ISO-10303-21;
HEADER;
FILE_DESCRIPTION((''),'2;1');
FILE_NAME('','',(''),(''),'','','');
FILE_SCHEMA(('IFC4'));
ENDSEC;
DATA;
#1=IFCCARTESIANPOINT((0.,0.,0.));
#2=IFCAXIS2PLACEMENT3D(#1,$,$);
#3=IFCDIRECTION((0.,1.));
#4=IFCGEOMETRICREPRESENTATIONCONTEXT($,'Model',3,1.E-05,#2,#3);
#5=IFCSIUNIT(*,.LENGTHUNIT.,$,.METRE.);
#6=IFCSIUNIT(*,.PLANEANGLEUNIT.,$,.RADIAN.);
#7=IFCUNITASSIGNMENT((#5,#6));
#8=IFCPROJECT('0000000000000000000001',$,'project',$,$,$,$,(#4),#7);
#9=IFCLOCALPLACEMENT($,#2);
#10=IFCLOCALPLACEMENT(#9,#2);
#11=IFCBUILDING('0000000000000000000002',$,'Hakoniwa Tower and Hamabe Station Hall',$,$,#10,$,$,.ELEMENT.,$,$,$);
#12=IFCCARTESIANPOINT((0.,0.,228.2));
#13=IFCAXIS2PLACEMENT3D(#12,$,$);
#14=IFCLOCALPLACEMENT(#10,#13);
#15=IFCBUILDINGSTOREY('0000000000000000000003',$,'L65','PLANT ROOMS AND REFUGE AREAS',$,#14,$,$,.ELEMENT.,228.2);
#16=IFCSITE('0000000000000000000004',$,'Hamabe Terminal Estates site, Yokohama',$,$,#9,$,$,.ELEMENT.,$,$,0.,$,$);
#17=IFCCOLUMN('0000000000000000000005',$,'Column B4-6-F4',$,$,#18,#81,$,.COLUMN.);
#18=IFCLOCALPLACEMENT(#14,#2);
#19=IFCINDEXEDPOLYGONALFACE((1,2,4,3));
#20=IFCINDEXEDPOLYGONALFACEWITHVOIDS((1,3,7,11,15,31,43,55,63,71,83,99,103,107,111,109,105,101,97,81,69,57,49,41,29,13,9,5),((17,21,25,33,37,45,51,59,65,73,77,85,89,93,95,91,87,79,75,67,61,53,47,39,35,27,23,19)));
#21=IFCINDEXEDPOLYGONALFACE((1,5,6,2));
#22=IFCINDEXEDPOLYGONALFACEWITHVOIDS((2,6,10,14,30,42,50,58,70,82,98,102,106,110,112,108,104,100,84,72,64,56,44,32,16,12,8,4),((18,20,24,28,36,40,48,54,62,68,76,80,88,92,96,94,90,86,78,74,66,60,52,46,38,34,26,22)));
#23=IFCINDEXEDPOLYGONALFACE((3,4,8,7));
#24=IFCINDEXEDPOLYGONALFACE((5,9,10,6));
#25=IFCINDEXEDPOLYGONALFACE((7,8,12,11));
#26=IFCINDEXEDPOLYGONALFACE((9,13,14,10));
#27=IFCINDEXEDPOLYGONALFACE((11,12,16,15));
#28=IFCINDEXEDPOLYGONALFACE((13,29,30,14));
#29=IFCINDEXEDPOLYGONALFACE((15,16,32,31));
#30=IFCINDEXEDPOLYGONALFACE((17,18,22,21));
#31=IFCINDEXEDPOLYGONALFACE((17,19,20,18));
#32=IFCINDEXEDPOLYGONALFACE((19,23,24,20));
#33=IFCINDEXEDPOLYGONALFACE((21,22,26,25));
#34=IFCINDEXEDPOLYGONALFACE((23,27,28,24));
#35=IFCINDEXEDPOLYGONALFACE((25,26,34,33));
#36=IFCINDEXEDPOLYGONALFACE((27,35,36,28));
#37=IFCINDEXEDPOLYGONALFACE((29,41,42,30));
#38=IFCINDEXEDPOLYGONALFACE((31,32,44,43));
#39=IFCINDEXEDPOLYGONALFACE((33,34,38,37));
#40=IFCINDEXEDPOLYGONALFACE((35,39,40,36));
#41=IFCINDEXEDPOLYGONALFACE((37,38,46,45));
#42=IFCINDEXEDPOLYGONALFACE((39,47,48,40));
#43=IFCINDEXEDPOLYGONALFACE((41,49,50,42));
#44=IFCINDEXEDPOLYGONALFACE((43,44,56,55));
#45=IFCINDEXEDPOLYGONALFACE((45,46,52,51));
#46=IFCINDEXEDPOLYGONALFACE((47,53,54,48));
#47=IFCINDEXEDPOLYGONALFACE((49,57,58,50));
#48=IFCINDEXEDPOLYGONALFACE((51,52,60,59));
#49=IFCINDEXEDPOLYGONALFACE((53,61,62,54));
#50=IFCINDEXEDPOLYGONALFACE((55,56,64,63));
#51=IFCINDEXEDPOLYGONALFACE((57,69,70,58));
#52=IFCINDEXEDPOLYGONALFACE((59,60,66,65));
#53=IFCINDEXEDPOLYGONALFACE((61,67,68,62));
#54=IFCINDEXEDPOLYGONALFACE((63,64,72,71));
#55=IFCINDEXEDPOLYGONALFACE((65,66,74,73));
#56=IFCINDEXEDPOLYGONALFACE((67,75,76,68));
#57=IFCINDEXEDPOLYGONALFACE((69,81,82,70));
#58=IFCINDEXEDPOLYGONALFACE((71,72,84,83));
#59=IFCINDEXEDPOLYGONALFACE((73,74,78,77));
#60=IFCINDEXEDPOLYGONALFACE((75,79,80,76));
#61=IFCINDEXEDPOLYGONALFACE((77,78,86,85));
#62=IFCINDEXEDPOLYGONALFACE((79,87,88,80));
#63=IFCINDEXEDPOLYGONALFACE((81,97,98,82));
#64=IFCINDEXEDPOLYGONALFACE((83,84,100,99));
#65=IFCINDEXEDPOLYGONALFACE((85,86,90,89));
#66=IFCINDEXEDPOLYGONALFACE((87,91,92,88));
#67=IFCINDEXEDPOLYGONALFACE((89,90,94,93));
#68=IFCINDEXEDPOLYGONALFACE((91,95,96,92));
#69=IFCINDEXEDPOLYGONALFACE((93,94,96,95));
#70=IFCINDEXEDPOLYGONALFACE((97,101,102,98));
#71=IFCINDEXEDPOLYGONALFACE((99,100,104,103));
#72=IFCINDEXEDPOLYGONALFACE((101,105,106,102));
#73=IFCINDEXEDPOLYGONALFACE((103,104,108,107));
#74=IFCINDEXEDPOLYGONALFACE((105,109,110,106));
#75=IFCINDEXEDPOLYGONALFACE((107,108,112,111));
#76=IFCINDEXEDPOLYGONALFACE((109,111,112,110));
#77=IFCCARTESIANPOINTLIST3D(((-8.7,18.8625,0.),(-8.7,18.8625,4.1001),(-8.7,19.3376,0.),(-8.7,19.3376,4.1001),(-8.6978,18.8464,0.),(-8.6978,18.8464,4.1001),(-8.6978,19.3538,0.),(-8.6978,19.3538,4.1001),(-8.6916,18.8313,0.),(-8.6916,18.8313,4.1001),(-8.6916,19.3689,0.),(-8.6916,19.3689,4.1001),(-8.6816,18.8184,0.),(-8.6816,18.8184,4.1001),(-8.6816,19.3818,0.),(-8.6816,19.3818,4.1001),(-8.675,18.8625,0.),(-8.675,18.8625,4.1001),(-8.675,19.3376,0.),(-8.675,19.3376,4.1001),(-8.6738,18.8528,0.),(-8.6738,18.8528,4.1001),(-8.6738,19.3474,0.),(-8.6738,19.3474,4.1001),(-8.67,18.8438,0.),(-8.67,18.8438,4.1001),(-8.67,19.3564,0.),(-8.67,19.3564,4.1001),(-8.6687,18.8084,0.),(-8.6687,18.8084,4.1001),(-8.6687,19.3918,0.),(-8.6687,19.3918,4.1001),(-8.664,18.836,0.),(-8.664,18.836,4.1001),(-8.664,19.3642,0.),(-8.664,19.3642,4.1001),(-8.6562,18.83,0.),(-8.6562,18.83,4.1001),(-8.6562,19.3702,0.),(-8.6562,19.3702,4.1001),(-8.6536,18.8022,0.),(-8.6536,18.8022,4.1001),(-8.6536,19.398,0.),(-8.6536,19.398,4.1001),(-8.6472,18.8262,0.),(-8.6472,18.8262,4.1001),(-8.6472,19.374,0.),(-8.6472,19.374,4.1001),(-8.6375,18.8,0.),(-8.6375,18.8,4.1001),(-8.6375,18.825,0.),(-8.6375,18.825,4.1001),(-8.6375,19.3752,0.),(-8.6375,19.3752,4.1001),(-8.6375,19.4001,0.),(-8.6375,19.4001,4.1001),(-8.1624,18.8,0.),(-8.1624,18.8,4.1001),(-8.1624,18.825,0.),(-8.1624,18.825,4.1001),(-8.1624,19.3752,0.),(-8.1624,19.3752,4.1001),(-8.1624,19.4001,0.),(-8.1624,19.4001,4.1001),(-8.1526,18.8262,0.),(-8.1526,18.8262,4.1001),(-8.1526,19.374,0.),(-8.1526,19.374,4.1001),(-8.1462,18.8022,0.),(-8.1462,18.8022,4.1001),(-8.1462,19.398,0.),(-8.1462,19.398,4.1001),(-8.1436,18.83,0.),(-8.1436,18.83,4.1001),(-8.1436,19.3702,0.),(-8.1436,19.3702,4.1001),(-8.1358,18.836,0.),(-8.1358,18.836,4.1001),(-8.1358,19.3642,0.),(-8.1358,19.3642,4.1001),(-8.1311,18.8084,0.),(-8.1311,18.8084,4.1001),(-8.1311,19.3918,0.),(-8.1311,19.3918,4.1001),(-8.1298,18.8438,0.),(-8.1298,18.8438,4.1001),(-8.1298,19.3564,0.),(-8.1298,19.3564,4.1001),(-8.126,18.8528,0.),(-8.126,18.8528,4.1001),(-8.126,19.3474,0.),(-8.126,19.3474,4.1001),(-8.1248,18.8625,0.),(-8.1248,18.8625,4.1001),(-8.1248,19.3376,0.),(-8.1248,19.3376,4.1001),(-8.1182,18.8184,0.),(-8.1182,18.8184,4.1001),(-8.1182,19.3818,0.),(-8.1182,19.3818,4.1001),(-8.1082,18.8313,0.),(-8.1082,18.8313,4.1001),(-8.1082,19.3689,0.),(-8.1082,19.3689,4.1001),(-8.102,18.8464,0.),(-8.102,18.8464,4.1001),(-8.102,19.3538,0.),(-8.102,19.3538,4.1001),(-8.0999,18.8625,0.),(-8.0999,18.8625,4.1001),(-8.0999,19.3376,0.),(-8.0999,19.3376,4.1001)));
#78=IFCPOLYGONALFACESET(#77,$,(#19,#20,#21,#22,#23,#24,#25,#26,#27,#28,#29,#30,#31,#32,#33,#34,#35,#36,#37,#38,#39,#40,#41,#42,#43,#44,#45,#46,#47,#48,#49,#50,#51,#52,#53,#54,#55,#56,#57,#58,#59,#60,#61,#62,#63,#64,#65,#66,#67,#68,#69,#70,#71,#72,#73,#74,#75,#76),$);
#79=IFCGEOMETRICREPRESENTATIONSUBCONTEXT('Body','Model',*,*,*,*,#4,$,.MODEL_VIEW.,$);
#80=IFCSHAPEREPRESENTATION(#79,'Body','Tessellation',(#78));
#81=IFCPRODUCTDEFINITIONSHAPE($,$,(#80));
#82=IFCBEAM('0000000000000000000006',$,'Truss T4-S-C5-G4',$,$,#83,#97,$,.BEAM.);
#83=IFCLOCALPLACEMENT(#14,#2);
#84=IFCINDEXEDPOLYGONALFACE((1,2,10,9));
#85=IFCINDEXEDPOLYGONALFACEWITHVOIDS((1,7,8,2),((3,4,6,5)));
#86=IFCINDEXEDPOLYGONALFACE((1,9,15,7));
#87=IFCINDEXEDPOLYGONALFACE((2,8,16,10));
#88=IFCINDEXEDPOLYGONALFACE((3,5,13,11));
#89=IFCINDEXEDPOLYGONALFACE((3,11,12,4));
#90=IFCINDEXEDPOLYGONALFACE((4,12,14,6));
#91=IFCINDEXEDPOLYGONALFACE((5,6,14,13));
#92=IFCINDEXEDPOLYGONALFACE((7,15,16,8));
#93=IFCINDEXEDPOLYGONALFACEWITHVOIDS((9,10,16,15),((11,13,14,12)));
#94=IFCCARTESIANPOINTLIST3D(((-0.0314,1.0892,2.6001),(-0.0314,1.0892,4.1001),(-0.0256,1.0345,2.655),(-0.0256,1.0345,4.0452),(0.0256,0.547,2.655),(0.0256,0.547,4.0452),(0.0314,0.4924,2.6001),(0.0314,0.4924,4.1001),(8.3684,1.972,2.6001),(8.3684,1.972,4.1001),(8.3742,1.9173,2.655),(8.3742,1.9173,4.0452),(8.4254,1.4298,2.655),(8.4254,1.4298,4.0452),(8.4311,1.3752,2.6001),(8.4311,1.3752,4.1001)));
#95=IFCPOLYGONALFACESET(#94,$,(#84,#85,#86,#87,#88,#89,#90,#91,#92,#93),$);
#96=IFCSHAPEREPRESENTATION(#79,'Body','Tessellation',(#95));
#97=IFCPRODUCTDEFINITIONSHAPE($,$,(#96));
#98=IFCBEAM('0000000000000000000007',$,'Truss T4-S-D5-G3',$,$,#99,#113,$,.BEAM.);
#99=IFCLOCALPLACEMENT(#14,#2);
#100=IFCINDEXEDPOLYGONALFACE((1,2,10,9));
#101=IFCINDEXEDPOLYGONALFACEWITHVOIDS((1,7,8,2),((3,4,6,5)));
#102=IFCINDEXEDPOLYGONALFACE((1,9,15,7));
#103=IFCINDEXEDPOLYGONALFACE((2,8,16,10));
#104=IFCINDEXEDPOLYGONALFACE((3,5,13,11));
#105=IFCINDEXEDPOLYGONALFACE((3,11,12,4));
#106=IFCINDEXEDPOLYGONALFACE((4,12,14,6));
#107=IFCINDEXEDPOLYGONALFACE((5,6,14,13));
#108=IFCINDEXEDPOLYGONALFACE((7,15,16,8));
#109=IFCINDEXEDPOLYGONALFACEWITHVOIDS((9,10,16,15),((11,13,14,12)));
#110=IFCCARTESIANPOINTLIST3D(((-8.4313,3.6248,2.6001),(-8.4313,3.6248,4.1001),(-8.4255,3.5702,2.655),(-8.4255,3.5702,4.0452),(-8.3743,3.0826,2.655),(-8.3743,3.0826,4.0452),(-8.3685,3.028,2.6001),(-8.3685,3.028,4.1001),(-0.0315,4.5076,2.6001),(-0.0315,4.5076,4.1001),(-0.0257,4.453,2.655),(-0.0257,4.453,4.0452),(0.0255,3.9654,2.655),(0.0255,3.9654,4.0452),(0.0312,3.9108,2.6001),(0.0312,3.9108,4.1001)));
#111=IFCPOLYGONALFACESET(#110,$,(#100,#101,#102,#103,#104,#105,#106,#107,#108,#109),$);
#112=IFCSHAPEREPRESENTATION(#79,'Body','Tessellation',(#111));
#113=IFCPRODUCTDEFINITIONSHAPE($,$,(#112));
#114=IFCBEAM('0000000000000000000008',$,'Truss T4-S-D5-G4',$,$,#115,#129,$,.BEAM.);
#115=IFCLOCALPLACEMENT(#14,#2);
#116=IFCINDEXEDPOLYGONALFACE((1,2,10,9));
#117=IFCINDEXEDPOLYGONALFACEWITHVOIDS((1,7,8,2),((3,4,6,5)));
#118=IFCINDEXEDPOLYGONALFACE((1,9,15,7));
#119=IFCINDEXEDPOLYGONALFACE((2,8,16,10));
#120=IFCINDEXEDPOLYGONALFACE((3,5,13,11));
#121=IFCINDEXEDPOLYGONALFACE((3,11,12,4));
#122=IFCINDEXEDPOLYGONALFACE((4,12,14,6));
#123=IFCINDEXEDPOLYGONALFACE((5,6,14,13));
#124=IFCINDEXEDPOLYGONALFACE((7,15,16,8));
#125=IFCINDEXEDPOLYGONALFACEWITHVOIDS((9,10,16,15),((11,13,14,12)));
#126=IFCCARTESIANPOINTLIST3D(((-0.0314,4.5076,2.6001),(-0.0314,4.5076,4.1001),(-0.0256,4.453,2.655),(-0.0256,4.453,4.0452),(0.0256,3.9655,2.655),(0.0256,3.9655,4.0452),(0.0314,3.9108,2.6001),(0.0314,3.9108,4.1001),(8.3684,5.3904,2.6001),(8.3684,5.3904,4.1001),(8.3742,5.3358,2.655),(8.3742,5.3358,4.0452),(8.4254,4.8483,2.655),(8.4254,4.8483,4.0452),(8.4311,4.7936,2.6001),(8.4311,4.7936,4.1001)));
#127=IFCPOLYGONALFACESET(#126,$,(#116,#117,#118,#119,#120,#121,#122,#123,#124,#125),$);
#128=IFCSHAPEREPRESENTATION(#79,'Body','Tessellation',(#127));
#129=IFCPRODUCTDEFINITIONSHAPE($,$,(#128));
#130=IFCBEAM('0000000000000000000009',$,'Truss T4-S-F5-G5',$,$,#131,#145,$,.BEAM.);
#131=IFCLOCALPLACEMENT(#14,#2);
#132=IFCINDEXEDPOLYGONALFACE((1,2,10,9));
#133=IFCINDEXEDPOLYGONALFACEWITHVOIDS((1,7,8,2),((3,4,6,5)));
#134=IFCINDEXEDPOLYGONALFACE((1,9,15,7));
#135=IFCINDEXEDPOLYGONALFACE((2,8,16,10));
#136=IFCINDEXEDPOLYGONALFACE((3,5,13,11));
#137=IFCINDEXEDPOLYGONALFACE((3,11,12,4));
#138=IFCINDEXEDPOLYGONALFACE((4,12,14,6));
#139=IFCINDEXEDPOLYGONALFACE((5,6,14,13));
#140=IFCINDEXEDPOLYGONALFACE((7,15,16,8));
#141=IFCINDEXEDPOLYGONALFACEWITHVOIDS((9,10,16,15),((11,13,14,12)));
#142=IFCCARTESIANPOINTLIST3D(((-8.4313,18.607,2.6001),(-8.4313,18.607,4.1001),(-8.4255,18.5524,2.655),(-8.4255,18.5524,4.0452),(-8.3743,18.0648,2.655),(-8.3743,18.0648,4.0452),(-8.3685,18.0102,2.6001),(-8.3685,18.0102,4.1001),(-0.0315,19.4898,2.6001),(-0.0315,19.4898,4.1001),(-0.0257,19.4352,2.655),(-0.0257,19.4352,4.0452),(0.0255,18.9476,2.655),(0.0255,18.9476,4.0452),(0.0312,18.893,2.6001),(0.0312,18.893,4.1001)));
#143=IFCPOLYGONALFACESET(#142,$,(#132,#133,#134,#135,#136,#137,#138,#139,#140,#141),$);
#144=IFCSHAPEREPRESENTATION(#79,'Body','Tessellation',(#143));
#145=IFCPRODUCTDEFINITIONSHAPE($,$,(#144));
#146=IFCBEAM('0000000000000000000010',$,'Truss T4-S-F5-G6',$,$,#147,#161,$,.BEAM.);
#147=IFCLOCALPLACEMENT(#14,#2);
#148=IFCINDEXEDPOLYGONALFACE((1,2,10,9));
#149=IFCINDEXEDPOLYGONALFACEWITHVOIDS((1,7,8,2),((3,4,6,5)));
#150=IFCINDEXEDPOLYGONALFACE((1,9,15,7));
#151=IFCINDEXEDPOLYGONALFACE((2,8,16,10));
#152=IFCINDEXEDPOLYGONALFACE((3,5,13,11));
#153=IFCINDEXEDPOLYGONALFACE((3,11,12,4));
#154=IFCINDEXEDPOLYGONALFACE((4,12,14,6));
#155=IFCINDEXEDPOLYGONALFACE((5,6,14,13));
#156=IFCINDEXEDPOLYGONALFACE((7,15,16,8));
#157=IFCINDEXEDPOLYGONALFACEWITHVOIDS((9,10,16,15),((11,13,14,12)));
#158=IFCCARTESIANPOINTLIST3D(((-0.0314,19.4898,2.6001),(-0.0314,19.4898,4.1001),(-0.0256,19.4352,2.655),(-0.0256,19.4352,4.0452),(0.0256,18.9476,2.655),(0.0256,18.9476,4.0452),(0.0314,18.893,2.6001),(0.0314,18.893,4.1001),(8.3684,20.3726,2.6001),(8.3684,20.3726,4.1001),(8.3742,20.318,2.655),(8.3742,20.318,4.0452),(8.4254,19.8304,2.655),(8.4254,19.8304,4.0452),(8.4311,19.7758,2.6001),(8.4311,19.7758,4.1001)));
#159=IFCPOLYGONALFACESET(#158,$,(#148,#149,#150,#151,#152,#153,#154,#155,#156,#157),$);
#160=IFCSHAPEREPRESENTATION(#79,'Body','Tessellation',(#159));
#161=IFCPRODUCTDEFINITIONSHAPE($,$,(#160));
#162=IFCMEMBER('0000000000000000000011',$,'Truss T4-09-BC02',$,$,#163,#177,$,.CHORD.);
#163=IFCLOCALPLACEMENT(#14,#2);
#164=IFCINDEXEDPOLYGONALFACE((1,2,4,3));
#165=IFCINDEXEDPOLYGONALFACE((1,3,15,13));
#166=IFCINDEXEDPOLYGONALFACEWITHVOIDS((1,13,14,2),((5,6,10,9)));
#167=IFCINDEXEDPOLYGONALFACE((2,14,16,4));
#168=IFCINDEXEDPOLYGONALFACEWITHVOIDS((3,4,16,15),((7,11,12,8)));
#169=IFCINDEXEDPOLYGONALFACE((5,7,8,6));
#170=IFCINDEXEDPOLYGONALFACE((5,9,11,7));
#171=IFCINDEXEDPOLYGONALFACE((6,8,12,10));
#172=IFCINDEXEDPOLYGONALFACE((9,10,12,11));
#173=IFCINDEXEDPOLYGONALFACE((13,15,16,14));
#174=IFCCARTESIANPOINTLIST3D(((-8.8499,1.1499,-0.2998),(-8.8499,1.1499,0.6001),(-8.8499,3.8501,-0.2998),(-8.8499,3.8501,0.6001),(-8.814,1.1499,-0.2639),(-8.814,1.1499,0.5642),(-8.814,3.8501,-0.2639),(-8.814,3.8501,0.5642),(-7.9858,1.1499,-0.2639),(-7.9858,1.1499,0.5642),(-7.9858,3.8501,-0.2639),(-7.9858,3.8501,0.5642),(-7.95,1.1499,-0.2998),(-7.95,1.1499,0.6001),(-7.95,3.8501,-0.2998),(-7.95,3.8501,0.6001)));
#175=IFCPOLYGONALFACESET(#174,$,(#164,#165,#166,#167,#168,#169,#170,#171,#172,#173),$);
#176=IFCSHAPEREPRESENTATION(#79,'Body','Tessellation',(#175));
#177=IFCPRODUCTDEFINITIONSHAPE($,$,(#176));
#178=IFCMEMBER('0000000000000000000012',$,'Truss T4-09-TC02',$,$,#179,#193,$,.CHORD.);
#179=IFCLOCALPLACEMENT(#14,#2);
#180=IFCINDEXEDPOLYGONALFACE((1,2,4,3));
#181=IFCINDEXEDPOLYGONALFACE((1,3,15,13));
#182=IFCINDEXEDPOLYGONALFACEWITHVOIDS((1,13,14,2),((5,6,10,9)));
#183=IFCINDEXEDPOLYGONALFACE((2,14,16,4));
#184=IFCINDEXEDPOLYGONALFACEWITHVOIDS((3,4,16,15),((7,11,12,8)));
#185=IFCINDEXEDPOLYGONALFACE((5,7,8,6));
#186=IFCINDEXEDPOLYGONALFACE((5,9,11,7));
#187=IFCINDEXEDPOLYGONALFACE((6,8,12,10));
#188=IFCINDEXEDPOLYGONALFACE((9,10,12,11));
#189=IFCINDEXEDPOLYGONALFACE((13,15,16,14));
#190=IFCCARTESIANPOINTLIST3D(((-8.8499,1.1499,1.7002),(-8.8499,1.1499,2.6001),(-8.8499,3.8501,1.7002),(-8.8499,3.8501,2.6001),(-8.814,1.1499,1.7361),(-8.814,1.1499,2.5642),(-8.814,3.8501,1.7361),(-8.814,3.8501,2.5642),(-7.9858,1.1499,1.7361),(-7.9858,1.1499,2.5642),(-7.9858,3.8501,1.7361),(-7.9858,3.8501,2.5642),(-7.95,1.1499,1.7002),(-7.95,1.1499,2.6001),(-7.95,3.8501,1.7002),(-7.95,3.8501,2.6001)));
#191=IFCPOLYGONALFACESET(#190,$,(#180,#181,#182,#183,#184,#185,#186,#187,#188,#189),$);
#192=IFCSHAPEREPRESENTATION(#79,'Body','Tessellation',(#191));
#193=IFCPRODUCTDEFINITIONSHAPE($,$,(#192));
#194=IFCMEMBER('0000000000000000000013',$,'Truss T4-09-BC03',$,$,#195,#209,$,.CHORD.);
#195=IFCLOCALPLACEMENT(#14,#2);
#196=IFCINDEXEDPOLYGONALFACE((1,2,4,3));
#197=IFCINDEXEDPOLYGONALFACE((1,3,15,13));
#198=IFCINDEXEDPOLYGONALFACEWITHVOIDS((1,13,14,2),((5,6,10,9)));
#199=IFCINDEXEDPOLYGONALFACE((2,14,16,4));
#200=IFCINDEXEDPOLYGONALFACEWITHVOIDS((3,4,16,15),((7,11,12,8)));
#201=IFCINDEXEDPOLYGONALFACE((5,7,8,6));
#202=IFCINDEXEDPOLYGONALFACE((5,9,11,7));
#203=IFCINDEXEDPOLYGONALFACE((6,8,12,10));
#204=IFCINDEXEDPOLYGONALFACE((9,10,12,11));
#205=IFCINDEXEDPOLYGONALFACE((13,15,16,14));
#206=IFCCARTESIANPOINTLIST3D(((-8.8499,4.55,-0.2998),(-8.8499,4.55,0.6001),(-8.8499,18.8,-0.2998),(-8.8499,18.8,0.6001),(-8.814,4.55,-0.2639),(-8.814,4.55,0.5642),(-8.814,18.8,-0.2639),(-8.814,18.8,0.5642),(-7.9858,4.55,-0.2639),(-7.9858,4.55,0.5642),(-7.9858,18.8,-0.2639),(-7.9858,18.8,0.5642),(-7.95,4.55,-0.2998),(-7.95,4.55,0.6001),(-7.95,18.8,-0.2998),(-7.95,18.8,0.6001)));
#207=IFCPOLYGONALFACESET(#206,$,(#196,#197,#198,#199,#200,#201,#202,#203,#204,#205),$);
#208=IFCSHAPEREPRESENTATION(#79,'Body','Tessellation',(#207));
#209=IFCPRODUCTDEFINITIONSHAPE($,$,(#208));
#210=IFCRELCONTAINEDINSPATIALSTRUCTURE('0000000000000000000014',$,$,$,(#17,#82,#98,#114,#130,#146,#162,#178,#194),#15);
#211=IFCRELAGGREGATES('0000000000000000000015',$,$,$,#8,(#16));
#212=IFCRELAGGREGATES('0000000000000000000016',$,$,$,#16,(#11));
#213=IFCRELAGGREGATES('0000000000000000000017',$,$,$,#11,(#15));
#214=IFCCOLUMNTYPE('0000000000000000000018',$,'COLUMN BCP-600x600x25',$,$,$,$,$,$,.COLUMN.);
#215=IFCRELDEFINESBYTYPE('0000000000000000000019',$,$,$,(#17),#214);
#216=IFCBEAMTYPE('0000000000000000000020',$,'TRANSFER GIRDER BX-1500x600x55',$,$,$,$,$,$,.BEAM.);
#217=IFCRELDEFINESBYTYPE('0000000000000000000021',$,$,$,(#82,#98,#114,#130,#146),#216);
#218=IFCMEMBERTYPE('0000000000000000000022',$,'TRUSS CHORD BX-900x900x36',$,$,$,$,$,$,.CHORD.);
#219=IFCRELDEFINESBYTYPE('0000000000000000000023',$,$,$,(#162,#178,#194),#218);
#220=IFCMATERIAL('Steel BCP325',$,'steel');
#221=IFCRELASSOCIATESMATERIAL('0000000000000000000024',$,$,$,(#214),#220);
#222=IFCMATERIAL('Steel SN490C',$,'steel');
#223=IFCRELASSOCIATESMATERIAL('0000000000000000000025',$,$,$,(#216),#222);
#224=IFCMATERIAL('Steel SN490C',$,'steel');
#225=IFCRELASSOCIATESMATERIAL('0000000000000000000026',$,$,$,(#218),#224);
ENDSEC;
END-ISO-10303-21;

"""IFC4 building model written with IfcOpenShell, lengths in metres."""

from ifc_helpers import new_model, si_unit, direction, frame, origin, origin_2d, place, context, subcontext, project, spatial, hollow_rectangle, extrude, material, material_profile, profile_set, type_object, element, save


model = new_model("IFC4")

# Units and contexts
model_context = context("Model", 3, precision=1e-05, world=origin(), true_north=direction((0.0, 1.0)))
body_context = subcontext(model_context, "Body", "Model", "MODEL_VIEW")
ifc_project = project(units=[si_unit("LENGTHUNIT", "METRE"), si_unit("PLANEANGLEUNIT", "RADIAN")], contexts=[model_context])

# Site, building, storey
site_placement = place(None, origin())
site = spatial("IfcSite", under=ifc_project, at=site_placement, Name="Hamabe Terminal Estates site, Yokohama", CompositionType="ELEMENT", RefElevation=0.0)
building_placement = place(site_placement, origin())
building = spatial("IfcBuilding", under=site, at=building_placement, Name="Hakoniwa Tower and Hamabe Station Hall", CompositionType="ELEMENT")
storey_placement = place(building_placement, frame((0.0, 0.0, 228.2)))
storey = spatial("IfcBuildingStorey", under=building, at=storey_placement, Name="L65", Description="PLANT ROOMS AND REFUGE AREAS", CompositionType="ELEMENT", Elevation=228.2)

# Column
ifc_material_1 = material(Name="Steel BCP325", Category="steel")
ifc_material_profile_1 = material_profile(ifc_material_1, hollow_rectangle(XDim=0.6001, YDim=0.6001, WallThickness=0.0249, InnerFilletRadius=0.0376, OuterFilletRadius=0.0625, at=origin_2d()), Name="BCP-600x600x25")
ifc_profile_set_1 = profile_set([ifc_material_profile_1], Name="Steel BCP325")
column_type = type_object("IfcColumnType", Name="COLUMN BCP-600x600x25", PredefinedType="COLUMN", material=ifc_profile_set_1)
column_placement = place(storey_placement, frame((-8.3999, 19.1001, 0.0), z_axis=(0.0, 0.0, 1.0), x_axis=(1.0, 0.0, 0.0)))
element("IfcColumn", 1, at=column_placement, inside=storey, type_object=column_type, Name="Column B4-6-F4", PredefinedType="COLUMN", context=body_context, shape_type="SweptSolid", body=[
    extrude(hollow_rectangle(XDim=0.6001, YDim=0.6001, WallThickness=0.0249, InnerFilletRadius=0.0376, OuterFilletRadius=0.0625, at=origin_2d()), origin(), (0.0, 0.0, 1.0), 4.1001),
])

# Beams
ifc_material_2 = material(Name="Steel SN490C", Category="steel")
ifc_material_profile_2 = material_profile(ifc_material_2, hollow_rectangle(XDim=0.6001, YDim=1.5, WallThickness=0.0549, at=origin_2d()), Name="BX-1500x600x55")
ifc_profile_set_2 = profile_set([ifc_material_profile_2], Name="Steel SN490C")
beam_type = type_object("IfcBeamType", Name="TRANSFER GIRDER BX-1500x600x55", PredefinedType="BEAM", material=ifc_profile_set_2)
for number, where, z_axis, x_axis, name in (
    (2, (0.0, 0.7908, 3.3501), (0.994523, 0.104522, 0.0), (-0.104522, 0.994523, 0.0), "Truss T4-S-C5-G4"),
    (3, (-8.3999, 3.3264, 3.3501), (0.994523, 0.104522, 0.0), (-0.104522, 0.994523, 0.0), "Truss T4-S-D5-G3"),
    (4, (0.0, 4.2092, 3.3501), (0.994523, 0.104522, 0.0), (-0.104522, 0.994523, 0.0), "Truss T4-S-D5-G4"),
    (5, (-8.3999, 18.3086, 3.3501), (0.994523, 0.104522, 0.0), (-0.104522, 0.994523, 0.0), "Truss T4-S-F5-G5"),
    (6, (0.0, 19.1914, 3.3501), (0.994523, 0.104522, 0.0), (-0.104522, 0.994523, 0.0), "Truss T4-S-F5-G6"),
):
    element("IfcBeam", number, at=place(storey_placement, frame(where, z_axis=z_axis, x_axis=x_axis)), inside=storey, type_object=beam_type, Name=name, PredefinedType="BEAM", context=body_context, shape_type="SweptSolid", body=[
        extrude(hollow_rectangle(XDim=0.6001, YDim=1.5, WallThickness=0.0549, at=origin_2d()), origin(), (0.0, 0.0, 1.0), 8.446),
    ])

# Members
ifc_material_3 = material(Name="Steel SN490C", Category="steel")
ifc_material_profile_3 = material_profile(ifc_material_3, hollow_rectangle(XDim=0.8999, YDim=0.8999, WallThickness=0.0359, at=origin_2d()), Name="BX-900x900x36")
ifc_profile_set_3 = profile_set([ifc_material_profile_3], Name="Steel SN490C")
member_type_1 = type_object("IfcMemberType", Name="TRUSS CHORD BX-900x900x36", PredefinedType="CHORD", material=ifc_profile_set_3)
for number, where, z_axis, x_axis, name in (
    (7, (-8.3999, 1.1499, 0.1501), (0.0, 1.0, 0.0), (-1.0, 0.0, 0.0), "Truss T4-09-BC02"),
    (8, (-8.3999, 1.1499, 2.1501), (0.0, 1.0, 0.0), (-1.0, 0.0, 0.0), "Truss T4-09-TC02"),
):
    element("IfcMember", number, at=place(storey_placement, frame(where, z_axis=z_axis, x_axis=x_axis)), inside=storey, type_object=member_type_1, Name=name, PredefinedType="CHORD", context=body_context, shape_type="SweptSolid", body=[
        extrude(hollow_rectangle(XDim=0.8999, YDim=0.8999, WallThickness=0.0359, at=origin_2d()), origin(), (0.0, 0.0, 1.0), 2.7002),
    ])
for number, where, z_axis, x_axis, name in (
    (9, (-8.3999, 4.55, 0.1501), (0.0, 1.0, 0.0), (-1.0, 0.0, 0.0), "Truss T4-09-BC03"),
):
    element("IfcMember", number, at=place(storey_placement, frame(where, z_axis=z_axis, x_axis=x_axis)), inside=storey, type_object=member_type_1, Name=name, PredefinedType="CHORD", context=body_context, shape_type="SweptSolid", body=[
        extrude(hollow_rectangle(XDim=0.8999, YDim=0.8999, WallThickness=0.0359, at=origin_2d()), origin(), (0.0, 0.0, 1.0), 14.25),
    ])

save(model, "model.ifc")
